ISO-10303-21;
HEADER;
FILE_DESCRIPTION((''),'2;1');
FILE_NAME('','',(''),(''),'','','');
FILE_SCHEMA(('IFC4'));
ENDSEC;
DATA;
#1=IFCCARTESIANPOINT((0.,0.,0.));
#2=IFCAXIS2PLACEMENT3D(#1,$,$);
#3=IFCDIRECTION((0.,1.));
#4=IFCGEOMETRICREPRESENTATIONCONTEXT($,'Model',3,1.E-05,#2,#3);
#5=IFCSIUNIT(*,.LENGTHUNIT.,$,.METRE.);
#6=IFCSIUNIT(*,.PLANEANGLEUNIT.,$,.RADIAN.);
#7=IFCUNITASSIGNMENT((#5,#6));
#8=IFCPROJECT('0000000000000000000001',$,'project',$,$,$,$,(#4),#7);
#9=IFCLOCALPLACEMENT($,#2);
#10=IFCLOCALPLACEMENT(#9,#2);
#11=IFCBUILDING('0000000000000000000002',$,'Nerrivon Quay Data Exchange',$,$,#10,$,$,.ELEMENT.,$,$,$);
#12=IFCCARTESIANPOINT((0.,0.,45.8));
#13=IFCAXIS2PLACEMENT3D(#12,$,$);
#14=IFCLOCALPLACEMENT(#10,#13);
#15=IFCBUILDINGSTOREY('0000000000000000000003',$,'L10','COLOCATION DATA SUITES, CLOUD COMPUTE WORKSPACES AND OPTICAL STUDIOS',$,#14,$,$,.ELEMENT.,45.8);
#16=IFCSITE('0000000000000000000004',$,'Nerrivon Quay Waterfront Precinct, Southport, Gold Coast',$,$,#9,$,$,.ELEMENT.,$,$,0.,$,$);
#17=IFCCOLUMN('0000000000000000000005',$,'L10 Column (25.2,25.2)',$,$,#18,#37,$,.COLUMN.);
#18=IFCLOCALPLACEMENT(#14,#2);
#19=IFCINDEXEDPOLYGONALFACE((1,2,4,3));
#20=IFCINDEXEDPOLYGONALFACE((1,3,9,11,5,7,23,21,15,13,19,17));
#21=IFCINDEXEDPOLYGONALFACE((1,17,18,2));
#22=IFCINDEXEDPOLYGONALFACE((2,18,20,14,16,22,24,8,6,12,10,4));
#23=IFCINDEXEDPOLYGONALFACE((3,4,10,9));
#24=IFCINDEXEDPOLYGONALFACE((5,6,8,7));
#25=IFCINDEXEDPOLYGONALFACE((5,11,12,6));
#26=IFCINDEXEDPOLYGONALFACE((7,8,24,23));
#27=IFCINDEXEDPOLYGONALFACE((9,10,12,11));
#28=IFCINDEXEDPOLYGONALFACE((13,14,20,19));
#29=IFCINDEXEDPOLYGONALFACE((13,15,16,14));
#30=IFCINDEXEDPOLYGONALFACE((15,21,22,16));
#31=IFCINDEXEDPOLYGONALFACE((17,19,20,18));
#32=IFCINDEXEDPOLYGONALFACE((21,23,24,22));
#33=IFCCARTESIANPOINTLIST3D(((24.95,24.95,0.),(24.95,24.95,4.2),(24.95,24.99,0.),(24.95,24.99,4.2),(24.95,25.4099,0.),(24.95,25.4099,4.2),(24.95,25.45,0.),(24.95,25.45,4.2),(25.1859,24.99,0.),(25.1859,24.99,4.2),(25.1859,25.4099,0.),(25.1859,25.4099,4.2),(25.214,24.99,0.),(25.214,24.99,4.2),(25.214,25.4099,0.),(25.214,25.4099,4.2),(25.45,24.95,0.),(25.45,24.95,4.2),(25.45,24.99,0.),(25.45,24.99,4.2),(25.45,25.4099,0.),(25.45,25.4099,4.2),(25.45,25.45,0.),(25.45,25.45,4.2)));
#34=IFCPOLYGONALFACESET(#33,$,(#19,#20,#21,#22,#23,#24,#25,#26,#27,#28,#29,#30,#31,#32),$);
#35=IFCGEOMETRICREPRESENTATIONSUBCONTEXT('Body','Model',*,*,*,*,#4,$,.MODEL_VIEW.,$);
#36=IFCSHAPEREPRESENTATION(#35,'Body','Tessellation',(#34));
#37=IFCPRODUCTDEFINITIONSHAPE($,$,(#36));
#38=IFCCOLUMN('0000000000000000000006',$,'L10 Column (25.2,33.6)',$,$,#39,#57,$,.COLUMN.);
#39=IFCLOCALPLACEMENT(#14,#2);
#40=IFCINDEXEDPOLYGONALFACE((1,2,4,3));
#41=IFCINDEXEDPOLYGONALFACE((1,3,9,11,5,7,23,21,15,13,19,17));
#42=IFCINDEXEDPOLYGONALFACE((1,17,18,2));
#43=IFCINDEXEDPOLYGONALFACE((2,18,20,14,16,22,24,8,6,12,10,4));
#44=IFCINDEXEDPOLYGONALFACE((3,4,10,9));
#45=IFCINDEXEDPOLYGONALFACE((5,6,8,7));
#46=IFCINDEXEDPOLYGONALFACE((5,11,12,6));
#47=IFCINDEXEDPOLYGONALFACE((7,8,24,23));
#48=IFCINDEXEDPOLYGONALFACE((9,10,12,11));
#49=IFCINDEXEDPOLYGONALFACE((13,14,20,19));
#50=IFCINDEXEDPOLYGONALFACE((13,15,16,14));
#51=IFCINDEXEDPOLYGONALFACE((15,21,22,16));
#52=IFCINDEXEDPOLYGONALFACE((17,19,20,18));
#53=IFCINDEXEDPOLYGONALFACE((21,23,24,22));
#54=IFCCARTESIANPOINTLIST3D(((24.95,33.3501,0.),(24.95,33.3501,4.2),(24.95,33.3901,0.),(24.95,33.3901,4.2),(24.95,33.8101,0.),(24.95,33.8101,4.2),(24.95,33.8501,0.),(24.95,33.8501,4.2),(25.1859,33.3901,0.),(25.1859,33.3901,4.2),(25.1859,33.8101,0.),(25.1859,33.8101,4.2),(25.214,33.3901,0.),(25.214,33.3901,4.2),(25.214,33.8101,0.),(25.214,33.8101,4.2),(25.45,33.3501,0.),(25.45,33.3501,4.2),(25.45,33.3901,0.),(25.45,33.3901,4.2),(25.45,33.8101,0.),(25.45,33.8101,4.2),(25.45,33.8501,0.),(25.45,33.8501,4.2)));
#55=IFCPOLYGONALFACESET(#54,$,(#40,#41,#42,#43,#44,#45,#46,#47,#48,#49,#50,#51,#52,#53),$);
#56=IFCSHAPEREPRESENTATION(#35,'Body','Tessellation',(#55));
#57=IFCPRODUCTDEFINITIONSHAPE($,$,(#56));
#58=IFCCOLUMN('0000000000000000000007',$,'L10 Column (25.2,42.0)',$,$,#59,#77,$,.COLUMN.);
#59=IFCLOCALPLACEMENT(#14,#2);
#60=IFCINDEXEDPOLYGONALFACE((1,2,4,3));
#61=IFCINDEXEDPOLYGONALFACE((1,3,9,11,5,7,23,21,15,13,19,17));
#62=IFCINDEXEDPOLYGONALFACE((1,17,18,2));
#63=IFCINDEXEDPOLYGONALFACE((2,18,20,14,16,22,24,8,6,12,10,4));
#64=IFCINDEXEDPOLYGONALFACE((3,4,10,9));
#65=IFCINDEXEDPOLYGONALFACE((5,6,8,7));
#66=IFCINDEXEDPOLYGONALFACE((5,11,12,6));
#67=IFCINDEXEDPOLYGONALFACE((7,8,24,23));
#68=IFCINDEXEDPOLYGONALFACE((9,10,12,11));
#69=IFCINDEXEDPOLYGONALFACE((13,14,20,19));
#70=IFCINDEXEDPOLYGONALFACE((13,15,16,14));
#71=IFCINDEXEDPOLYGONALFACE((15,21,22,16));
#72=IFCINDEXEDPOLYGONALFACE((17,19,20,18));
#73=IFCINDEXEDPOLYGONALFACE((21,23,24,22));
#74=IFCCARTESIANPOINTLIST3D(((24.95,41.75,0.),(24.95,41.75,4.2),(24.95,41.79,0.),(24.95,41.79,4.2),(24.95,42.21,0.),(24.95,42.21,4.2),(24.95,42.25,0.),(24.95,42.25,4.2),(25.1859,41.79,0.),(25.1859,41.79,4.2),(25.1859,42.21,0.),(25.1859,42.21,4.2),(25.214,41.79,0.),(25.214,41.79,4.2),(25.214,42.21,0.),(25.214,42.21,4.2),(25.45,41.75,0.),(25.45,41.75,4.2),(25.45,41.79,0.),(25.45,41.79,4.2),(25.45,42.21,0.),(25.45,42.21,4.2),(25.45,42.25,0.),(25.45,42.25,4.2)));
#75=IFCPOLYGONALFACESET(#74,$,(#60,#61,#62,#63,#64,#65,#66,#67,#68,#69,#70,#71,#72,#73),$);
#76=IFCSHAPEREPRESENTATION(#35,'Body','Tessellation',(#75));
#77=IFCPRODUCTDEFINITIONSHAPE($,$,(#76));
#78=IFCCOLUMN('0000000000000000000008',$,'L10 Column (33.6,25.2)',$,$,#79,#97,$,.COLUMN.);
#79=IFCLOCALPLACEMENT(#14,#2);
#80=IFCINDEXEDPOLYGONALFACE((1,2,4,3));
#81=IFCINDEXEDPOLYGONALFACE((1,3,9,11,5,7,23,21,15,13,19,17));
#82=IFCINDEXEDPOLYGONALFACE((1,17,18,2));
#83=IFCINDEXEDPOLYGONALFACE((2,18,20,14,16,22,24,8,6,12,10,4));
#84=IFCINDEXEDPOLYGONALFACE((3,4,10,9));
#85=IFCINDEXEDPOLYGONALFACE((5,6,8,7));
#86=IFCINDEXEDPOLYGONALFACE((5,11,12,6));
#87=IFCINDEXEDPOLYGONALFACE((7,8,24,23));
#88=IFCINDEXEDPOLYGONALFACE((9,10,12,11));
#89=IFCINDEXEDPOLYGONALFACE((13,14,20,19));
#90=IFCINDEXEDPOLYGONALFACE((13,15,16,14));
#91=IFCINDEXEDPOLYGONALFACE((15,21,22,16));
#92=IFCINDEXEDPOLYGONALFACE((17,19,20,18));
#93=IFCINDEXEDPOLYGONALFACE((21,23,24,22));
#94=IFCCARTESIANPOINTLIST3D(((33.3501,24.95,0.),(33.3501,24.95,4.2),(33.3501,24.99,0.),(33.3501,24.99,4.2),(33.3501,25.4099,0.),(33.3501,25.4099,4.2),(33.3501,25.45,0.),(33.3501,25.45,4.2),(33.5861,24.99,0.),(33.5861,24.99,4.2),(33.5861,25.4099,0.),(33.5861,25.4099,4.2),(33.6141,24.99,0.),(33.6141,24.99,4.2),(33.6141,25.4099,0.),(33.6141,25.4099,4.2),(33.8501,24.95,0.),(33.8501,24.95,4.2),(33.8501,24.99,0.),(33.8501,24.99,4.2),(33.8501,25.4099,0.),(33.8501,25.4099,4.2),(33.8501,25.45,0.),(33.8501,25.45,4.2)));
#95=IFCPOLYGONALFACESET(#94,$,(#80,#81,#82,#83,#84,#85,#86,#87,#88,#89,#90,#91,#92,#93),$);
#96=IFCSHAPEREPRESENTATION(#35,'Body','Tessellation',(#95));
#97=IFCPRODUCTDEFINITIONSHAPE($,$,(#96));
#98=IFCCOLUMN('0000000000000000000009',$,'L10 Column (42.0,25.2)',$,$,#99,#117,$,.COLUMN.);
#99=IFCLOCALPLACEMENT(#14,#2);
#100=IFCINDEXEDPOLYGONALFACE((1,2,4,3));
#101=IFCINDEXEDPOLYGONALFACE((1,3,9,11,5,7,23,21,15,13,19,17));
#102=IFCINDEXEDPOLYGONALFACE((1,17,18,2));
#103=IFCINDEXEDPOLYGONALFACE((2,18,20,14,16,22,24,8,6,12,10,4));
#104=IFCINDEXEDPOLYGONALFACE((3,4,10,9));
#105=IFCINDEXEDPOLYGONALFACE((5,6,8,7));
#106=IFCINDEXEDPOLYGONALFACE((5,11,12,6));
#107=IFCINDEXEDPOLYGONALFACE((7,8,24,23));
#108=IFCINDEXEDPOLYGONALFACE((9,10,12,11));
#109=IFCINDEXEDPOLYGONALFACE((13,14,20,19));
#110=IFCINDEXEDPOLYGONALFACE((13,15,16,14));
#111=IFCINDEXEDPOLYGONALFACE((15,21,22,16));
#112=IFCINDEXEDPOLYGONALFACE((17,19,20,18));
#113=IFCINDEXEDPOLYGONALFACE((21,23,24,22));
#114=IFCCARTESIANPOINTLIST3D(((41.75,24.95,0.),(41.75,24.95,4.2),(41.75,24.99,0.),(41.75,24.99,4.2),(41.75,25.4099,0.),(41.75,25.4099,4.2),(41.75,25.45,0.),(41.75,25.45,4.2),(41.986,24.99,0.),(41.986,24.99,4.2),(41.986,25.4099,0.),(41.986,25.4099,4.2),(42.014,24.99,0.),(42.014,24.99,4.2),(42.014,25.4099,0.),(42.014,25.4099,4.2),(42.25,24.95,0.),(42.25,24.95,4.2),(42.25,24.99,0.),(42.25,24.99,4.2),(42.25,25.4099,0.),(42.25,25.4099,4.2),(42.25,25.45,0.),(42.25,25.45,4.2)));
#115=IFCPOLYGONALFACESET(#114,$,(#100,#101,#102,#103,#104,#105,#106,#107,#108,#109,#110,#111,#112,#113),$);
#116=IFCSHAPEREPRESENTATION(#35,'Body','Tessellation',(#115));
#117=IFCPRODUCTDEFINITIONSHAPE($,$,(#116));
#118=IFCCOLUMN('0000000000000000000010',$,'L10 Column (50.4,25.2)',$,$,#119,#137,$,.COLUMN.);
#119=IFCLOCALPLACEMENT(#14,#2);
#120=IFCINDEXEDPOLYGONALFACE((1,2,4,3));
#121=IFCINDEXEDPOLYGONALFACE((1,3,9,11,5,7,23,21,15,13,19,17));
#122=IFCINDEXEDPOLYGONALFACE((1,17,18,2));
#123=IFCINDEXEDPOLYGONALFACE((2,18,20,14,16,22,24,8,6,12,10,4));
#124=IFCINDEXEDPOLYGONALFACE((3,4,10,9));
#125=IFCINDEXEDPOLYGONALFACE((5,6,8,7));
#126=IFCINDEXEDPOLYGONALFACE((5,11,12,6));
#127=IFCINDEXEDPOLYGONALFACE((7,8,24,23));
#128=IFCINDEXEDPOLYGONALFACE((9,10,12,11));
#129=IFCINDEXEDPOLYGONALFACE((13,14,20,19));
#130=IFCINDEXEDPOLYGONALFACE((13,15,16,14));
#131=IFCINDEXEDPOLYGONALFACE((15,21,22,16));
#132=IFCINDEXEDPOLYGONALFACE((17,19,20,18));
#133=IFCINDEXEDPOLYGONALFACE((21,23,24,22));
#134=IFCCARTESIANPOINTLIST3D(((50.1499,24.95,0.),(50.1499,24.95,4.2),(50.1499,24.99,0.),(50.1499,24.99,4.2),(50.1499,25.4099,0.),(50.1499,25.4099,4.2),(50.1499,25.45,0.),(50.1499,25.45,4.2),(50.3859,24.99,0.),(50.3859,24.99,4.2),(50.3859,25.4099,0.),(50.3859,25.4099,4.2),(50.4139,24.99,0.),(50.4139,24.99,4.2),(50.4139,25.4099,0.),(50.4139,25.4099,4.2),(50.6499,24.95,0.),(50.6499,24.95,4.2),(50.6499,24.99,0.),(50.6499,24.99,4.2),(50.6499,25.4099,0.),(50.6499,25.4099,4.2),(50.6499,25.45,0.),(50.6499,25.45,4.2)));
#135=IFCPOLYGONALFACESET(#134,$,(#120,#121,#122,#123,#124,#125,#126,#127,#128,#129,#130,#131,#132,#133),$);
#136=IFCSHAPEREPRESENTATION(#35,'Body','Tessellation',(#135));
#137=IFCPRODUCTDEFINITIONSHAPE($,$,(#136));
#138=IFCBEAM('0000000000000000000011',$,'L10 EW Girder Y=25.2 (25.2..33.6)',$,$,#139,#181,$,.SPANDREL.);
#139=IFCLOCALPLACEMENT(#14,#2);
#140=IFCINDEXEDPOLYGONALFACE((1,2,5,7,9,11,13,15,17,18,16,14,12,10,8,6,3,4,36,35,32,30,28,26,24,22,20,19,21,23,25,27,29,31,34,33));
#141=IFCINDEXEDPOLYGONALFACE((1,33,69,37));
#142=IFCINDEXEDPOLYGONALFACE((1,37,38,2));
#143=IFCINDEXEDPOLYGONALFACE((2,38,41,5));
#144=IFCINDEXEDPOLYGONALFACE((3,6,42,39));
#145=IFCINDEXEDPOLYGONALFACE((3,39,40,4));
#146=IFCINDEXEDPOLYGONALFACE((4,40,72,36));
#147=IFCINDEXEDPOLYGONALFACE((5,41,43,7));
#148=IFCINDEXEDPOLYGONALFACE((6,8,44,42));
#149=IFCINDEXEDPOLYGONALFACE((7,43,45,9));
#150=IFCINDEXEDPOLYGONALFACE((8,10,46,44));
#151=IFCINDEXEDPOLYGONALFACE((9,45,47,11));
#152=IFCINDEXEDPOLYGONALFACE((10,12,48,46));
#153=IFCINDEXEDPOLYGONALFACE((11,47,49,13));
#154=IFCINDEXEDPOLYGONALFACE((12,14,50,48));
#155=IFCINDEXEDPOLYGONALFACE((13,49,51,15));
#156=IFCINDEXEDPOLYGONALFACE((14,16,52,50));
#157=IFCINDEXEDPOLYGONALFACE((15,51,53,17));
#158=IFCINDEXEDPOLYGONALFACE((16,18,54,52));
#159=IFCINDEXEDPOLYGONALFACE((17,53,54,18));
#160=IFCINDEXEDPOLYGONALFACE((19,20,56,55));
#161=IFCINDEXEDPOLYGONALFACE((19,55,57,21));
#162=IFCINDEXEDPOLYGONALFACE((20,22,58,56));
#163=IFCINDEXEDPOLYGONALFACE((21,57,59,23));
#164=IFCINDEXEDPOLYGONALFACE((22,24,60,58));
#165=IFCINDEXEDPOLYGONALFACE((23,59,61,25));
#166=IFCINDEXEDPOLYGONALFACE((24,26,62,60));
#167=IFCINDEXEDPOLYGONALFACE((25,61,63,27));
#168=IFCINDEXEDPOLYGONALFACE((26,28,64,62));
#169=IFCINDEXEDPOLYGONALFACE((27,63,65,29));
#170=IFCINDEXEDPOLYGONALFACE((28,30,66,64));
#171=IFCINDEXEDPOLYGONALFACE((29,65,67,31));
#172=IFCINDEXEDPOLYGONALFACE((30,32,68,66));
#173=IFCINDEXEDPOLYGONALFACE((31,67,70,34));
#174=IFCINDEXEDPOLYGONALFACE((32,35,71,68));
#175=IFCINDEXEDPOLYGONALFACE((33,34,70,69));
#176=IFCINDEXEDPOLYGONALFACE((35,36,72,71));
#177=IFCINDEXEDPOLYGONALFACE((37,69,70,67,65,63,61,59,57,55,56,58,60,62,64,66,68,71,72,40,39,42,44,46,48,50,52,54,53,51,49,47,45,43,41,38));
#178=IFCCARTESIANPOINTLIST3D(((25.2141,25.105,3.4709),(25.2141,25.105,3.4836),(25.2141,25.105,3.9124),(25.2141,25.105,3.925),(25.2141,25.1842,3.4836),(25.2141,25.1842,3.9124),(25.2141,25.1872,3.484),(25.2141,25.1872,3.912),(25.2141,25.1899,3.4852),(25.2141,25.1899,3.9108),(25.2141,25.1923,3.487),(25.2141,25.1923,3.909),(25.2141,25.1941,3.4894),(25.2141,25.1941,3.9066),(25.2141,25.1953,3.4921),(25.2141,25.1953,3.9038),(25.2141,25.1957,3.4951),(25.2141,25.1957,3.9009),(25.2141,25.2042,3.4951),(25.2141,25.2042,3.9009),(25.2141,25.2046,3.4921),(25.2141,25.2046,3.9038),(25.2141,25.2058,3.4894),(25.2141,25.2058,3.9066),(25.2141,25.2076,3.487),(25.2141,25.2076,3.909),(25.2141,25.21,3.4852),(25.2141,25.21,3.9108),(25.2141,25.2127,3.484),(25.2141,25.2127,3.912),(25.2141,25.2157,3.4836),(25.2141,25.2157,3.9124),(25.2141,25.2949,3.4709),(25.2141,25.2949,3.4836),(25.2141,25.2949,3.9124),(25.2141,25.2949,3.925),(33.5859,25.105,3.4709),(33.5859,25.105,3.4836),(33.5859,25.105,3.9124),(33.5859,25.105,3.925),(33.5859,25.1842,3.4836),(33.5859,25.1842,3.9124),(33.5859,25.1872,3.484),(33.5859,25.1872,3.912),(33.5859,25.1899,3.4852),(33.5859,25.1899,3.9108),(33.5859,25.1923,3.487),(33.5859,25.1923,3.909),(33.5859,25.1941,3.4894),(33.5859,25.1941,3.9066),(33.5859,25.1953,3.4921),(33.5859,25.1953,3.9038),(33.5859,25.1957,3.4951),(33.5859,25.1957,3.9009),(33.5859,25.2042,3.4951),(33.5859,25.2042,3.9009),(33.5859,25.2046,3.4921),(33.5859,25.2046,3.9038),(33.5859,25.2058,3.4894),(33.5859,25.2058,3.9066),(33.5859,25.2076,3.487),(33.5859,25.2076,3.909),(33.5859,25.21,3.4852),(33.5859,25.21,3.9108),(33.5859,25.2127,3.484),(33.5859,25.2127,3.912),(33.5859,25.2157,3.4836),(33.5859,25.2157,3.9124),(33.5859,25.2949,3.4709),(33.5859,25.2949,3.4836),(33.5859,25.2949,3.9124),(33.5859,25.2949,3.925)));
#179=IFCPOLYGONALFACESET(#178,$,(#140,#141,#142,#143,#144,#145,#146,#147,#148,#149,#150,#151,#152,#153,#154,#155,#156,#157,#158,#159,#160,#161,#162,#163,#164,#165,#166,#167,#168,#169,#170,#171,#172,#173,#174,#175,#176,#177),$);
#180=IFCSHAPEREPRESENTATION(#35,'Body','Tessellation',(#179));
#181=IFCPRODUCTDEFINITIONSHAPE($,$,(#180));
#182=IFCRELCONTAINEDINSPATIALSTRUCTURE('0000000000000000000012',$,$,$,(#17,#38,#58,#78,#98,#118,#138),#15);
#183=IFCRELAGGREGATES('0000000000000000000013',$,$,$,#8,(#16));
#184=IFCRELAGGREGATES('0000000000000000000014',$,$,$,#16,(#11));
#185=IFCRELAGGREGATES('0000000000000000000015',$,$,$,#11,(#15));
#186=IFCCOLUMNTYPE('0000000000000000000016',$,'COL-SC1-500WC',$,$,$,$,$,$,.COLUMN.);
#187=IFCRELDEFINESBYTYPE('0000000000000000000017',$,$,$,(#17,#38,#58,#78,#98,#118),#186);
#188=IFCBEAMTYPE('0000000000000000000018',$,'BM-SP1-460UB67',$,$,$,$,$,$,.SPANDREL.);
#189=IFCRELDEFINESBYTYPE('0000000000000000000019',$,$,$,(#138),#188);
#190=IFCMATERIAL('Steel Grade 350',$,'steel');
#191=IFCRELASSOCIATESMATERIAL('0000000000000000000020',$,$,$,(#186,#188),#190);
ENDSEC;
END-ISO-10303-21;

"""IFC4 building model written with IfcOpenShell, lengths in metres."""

from ifc_helpers import new_model, si_unit, direction, frame, origin, origin_2d, place, context, subcontext, project, spatial, i_section, extrude, material, material_profile, profile_set, type_object, element, save


model = new_model("IFC4")

# Units and contexts
model_context = context("Model", 3, precision=1e-05, world=origin(), true_north=direction((0.0, 1.0)))
body_context = subcontext(model_context, "Body", "Model", "MODEL_VIEW")
ifc_project = project(units=[si_unit("LENGTHUNIT", "METRE"), si_unit("PLANEANGLEUNIT", "RADIAN")], contexts=[model_context])

# Site, building, storey
site_placement = place(None, origin())
site = spatial("IfcSite", under=ifc_project, at=site_placement, Name="Nerrivon Quay Waterfront Precinct, Southport, Gold Coast", CompositionType="ELEMENT", RefElevation=0.0)
building_placement = place(site_placement, origin())
building = spatial("IfcBuilding", under=site, at=building_placement, Name="Nerrivon Quay Data Exchange", CompositionType="ELEMENT")
storey_placement = place(building_placement, frame((0.0, 0.0, 45.8)))
storey = spatial("IfcBuildingStorey", under=building, at=storey_placement, Name="L10", Description="COLOCATION DATA SUITES, CLOUD COMPUTE WORKSPACES AND OPTICAL STUDIOS", CompositionType="ELEMENT", Elevation=45.8)

# Columns
ifc_material_1 = material(Name="Steel Grade 350", Category="steel")
ifc_material_profile_1 = material_profile(ifc_material_1, i_section(OverallWidth=0.5, OverallDepth=0.5, WebThickness=0.0281, FlangeThickness=0.04, at=origin_2d()), Name="500WC440")
ifc_profile_set_1 = profile_set([ifc_material_profile_1], Name="Steel Grade 350")
column_type = type_object("IfcColumnType", Name="COL-SC1-500WC", PredefinedType="COLUMN", material=ifc_profile_set_1)
for number, where, z_axis, x_axis, name in (
    (1, (25.2, 25.2, 0.0), (0.0, 0.0, 1.0), (1.0, 0.0, 0.0), "L10 Column (25.2,25.2)"),
    (2, (25.2, 33.6001, 0.0), (0.0, 0.0, 1.0), (1.0, 0.0, 0.0), "L10 Column (25.2,33.6)"),
    (3, (25.2, 42.0, 0.0), (0.0, 0.0, 1.0), (1.0, 0.0, 0.0), "L10 Column (25.2,42.0)"),
    (4, (33.6001, 25.2, 0.0), (0.0, 0.0, 1.0), (1.0, 0.0, 0.0), "L10 Column (33.6,25.2)"),
    (5, (42.0, 25.2, 0.0), (0.0, 0.0, 1.0), (1.0, 0.0, 0.0), "L10 Column (42.0,25.2)"),
    (6, (50.3999, 25.2, 0.0), (0.0, 0.0, 1.0), (1.0, 0.0, 0.0), "L10 Column (50.4,25.2)"),
):
    element("IfcColumn", number, at=place(storey_placement, frame(where, z_axis=z_axis, x_axis=x_axis)), inside=storey, type_object=column_type, Name=name, PredefinedType="COLUMN", context=body_context, shape_type="SweptSolid", body=[
        extrude(i_section(OverallWidth=0.5, OverallDepth=0.5, WebThickness=0.0281, FlangeThickness=0.04, at=origin_2d()), origin(), (0.0, 0.0, 1.0), 4.2),
    ])

# Beam
ifc_material_profile_2 = material_profile(ifc_material_1, i_section(OverallWidth=0.1899, OverallDepth=0.4541, WebThickness=0.0085, FlangeThickness=0.0127, FilletRadius=0.0115, at=origin_2d()), Name="460UB67.1")
ifc_profile_set_2 = profile_set([ifc_material_profile_2], Name="Steel Grade 350")
beam_type = type_object("IfcBeamType", Name="BM-SP1-460UB67", PredefinedType="SPANDREL", material=ifc_profile_set_2)
beam_1_placement = place(storey_placement, frame((25.2141, 25.2, 3.698), z_axis=(1.0, 0.0, 0.0), x_axis=(0.0, 1.0, 0.0)))
element("IfcBeam", 7, at=beam_1_placement, inside=storey, type_object=beam_type, Name="L10 EW Girder Y=25.2 (25.2..33.6)", PredefinedType="SPANDREL", context=body_context, shape_type="SweptSolid", body=[
    extrude(i_section(OverallWidth=0.1899, OverallDepth=0.4541, WebThickness=0.0085, FlangeThickness=0.0127, FilletRadius=0.0115, at=origin_2d()), origin(), (0.0, 0.0, 1.0), 8.3718),
])

save(model, "model.ifc")
